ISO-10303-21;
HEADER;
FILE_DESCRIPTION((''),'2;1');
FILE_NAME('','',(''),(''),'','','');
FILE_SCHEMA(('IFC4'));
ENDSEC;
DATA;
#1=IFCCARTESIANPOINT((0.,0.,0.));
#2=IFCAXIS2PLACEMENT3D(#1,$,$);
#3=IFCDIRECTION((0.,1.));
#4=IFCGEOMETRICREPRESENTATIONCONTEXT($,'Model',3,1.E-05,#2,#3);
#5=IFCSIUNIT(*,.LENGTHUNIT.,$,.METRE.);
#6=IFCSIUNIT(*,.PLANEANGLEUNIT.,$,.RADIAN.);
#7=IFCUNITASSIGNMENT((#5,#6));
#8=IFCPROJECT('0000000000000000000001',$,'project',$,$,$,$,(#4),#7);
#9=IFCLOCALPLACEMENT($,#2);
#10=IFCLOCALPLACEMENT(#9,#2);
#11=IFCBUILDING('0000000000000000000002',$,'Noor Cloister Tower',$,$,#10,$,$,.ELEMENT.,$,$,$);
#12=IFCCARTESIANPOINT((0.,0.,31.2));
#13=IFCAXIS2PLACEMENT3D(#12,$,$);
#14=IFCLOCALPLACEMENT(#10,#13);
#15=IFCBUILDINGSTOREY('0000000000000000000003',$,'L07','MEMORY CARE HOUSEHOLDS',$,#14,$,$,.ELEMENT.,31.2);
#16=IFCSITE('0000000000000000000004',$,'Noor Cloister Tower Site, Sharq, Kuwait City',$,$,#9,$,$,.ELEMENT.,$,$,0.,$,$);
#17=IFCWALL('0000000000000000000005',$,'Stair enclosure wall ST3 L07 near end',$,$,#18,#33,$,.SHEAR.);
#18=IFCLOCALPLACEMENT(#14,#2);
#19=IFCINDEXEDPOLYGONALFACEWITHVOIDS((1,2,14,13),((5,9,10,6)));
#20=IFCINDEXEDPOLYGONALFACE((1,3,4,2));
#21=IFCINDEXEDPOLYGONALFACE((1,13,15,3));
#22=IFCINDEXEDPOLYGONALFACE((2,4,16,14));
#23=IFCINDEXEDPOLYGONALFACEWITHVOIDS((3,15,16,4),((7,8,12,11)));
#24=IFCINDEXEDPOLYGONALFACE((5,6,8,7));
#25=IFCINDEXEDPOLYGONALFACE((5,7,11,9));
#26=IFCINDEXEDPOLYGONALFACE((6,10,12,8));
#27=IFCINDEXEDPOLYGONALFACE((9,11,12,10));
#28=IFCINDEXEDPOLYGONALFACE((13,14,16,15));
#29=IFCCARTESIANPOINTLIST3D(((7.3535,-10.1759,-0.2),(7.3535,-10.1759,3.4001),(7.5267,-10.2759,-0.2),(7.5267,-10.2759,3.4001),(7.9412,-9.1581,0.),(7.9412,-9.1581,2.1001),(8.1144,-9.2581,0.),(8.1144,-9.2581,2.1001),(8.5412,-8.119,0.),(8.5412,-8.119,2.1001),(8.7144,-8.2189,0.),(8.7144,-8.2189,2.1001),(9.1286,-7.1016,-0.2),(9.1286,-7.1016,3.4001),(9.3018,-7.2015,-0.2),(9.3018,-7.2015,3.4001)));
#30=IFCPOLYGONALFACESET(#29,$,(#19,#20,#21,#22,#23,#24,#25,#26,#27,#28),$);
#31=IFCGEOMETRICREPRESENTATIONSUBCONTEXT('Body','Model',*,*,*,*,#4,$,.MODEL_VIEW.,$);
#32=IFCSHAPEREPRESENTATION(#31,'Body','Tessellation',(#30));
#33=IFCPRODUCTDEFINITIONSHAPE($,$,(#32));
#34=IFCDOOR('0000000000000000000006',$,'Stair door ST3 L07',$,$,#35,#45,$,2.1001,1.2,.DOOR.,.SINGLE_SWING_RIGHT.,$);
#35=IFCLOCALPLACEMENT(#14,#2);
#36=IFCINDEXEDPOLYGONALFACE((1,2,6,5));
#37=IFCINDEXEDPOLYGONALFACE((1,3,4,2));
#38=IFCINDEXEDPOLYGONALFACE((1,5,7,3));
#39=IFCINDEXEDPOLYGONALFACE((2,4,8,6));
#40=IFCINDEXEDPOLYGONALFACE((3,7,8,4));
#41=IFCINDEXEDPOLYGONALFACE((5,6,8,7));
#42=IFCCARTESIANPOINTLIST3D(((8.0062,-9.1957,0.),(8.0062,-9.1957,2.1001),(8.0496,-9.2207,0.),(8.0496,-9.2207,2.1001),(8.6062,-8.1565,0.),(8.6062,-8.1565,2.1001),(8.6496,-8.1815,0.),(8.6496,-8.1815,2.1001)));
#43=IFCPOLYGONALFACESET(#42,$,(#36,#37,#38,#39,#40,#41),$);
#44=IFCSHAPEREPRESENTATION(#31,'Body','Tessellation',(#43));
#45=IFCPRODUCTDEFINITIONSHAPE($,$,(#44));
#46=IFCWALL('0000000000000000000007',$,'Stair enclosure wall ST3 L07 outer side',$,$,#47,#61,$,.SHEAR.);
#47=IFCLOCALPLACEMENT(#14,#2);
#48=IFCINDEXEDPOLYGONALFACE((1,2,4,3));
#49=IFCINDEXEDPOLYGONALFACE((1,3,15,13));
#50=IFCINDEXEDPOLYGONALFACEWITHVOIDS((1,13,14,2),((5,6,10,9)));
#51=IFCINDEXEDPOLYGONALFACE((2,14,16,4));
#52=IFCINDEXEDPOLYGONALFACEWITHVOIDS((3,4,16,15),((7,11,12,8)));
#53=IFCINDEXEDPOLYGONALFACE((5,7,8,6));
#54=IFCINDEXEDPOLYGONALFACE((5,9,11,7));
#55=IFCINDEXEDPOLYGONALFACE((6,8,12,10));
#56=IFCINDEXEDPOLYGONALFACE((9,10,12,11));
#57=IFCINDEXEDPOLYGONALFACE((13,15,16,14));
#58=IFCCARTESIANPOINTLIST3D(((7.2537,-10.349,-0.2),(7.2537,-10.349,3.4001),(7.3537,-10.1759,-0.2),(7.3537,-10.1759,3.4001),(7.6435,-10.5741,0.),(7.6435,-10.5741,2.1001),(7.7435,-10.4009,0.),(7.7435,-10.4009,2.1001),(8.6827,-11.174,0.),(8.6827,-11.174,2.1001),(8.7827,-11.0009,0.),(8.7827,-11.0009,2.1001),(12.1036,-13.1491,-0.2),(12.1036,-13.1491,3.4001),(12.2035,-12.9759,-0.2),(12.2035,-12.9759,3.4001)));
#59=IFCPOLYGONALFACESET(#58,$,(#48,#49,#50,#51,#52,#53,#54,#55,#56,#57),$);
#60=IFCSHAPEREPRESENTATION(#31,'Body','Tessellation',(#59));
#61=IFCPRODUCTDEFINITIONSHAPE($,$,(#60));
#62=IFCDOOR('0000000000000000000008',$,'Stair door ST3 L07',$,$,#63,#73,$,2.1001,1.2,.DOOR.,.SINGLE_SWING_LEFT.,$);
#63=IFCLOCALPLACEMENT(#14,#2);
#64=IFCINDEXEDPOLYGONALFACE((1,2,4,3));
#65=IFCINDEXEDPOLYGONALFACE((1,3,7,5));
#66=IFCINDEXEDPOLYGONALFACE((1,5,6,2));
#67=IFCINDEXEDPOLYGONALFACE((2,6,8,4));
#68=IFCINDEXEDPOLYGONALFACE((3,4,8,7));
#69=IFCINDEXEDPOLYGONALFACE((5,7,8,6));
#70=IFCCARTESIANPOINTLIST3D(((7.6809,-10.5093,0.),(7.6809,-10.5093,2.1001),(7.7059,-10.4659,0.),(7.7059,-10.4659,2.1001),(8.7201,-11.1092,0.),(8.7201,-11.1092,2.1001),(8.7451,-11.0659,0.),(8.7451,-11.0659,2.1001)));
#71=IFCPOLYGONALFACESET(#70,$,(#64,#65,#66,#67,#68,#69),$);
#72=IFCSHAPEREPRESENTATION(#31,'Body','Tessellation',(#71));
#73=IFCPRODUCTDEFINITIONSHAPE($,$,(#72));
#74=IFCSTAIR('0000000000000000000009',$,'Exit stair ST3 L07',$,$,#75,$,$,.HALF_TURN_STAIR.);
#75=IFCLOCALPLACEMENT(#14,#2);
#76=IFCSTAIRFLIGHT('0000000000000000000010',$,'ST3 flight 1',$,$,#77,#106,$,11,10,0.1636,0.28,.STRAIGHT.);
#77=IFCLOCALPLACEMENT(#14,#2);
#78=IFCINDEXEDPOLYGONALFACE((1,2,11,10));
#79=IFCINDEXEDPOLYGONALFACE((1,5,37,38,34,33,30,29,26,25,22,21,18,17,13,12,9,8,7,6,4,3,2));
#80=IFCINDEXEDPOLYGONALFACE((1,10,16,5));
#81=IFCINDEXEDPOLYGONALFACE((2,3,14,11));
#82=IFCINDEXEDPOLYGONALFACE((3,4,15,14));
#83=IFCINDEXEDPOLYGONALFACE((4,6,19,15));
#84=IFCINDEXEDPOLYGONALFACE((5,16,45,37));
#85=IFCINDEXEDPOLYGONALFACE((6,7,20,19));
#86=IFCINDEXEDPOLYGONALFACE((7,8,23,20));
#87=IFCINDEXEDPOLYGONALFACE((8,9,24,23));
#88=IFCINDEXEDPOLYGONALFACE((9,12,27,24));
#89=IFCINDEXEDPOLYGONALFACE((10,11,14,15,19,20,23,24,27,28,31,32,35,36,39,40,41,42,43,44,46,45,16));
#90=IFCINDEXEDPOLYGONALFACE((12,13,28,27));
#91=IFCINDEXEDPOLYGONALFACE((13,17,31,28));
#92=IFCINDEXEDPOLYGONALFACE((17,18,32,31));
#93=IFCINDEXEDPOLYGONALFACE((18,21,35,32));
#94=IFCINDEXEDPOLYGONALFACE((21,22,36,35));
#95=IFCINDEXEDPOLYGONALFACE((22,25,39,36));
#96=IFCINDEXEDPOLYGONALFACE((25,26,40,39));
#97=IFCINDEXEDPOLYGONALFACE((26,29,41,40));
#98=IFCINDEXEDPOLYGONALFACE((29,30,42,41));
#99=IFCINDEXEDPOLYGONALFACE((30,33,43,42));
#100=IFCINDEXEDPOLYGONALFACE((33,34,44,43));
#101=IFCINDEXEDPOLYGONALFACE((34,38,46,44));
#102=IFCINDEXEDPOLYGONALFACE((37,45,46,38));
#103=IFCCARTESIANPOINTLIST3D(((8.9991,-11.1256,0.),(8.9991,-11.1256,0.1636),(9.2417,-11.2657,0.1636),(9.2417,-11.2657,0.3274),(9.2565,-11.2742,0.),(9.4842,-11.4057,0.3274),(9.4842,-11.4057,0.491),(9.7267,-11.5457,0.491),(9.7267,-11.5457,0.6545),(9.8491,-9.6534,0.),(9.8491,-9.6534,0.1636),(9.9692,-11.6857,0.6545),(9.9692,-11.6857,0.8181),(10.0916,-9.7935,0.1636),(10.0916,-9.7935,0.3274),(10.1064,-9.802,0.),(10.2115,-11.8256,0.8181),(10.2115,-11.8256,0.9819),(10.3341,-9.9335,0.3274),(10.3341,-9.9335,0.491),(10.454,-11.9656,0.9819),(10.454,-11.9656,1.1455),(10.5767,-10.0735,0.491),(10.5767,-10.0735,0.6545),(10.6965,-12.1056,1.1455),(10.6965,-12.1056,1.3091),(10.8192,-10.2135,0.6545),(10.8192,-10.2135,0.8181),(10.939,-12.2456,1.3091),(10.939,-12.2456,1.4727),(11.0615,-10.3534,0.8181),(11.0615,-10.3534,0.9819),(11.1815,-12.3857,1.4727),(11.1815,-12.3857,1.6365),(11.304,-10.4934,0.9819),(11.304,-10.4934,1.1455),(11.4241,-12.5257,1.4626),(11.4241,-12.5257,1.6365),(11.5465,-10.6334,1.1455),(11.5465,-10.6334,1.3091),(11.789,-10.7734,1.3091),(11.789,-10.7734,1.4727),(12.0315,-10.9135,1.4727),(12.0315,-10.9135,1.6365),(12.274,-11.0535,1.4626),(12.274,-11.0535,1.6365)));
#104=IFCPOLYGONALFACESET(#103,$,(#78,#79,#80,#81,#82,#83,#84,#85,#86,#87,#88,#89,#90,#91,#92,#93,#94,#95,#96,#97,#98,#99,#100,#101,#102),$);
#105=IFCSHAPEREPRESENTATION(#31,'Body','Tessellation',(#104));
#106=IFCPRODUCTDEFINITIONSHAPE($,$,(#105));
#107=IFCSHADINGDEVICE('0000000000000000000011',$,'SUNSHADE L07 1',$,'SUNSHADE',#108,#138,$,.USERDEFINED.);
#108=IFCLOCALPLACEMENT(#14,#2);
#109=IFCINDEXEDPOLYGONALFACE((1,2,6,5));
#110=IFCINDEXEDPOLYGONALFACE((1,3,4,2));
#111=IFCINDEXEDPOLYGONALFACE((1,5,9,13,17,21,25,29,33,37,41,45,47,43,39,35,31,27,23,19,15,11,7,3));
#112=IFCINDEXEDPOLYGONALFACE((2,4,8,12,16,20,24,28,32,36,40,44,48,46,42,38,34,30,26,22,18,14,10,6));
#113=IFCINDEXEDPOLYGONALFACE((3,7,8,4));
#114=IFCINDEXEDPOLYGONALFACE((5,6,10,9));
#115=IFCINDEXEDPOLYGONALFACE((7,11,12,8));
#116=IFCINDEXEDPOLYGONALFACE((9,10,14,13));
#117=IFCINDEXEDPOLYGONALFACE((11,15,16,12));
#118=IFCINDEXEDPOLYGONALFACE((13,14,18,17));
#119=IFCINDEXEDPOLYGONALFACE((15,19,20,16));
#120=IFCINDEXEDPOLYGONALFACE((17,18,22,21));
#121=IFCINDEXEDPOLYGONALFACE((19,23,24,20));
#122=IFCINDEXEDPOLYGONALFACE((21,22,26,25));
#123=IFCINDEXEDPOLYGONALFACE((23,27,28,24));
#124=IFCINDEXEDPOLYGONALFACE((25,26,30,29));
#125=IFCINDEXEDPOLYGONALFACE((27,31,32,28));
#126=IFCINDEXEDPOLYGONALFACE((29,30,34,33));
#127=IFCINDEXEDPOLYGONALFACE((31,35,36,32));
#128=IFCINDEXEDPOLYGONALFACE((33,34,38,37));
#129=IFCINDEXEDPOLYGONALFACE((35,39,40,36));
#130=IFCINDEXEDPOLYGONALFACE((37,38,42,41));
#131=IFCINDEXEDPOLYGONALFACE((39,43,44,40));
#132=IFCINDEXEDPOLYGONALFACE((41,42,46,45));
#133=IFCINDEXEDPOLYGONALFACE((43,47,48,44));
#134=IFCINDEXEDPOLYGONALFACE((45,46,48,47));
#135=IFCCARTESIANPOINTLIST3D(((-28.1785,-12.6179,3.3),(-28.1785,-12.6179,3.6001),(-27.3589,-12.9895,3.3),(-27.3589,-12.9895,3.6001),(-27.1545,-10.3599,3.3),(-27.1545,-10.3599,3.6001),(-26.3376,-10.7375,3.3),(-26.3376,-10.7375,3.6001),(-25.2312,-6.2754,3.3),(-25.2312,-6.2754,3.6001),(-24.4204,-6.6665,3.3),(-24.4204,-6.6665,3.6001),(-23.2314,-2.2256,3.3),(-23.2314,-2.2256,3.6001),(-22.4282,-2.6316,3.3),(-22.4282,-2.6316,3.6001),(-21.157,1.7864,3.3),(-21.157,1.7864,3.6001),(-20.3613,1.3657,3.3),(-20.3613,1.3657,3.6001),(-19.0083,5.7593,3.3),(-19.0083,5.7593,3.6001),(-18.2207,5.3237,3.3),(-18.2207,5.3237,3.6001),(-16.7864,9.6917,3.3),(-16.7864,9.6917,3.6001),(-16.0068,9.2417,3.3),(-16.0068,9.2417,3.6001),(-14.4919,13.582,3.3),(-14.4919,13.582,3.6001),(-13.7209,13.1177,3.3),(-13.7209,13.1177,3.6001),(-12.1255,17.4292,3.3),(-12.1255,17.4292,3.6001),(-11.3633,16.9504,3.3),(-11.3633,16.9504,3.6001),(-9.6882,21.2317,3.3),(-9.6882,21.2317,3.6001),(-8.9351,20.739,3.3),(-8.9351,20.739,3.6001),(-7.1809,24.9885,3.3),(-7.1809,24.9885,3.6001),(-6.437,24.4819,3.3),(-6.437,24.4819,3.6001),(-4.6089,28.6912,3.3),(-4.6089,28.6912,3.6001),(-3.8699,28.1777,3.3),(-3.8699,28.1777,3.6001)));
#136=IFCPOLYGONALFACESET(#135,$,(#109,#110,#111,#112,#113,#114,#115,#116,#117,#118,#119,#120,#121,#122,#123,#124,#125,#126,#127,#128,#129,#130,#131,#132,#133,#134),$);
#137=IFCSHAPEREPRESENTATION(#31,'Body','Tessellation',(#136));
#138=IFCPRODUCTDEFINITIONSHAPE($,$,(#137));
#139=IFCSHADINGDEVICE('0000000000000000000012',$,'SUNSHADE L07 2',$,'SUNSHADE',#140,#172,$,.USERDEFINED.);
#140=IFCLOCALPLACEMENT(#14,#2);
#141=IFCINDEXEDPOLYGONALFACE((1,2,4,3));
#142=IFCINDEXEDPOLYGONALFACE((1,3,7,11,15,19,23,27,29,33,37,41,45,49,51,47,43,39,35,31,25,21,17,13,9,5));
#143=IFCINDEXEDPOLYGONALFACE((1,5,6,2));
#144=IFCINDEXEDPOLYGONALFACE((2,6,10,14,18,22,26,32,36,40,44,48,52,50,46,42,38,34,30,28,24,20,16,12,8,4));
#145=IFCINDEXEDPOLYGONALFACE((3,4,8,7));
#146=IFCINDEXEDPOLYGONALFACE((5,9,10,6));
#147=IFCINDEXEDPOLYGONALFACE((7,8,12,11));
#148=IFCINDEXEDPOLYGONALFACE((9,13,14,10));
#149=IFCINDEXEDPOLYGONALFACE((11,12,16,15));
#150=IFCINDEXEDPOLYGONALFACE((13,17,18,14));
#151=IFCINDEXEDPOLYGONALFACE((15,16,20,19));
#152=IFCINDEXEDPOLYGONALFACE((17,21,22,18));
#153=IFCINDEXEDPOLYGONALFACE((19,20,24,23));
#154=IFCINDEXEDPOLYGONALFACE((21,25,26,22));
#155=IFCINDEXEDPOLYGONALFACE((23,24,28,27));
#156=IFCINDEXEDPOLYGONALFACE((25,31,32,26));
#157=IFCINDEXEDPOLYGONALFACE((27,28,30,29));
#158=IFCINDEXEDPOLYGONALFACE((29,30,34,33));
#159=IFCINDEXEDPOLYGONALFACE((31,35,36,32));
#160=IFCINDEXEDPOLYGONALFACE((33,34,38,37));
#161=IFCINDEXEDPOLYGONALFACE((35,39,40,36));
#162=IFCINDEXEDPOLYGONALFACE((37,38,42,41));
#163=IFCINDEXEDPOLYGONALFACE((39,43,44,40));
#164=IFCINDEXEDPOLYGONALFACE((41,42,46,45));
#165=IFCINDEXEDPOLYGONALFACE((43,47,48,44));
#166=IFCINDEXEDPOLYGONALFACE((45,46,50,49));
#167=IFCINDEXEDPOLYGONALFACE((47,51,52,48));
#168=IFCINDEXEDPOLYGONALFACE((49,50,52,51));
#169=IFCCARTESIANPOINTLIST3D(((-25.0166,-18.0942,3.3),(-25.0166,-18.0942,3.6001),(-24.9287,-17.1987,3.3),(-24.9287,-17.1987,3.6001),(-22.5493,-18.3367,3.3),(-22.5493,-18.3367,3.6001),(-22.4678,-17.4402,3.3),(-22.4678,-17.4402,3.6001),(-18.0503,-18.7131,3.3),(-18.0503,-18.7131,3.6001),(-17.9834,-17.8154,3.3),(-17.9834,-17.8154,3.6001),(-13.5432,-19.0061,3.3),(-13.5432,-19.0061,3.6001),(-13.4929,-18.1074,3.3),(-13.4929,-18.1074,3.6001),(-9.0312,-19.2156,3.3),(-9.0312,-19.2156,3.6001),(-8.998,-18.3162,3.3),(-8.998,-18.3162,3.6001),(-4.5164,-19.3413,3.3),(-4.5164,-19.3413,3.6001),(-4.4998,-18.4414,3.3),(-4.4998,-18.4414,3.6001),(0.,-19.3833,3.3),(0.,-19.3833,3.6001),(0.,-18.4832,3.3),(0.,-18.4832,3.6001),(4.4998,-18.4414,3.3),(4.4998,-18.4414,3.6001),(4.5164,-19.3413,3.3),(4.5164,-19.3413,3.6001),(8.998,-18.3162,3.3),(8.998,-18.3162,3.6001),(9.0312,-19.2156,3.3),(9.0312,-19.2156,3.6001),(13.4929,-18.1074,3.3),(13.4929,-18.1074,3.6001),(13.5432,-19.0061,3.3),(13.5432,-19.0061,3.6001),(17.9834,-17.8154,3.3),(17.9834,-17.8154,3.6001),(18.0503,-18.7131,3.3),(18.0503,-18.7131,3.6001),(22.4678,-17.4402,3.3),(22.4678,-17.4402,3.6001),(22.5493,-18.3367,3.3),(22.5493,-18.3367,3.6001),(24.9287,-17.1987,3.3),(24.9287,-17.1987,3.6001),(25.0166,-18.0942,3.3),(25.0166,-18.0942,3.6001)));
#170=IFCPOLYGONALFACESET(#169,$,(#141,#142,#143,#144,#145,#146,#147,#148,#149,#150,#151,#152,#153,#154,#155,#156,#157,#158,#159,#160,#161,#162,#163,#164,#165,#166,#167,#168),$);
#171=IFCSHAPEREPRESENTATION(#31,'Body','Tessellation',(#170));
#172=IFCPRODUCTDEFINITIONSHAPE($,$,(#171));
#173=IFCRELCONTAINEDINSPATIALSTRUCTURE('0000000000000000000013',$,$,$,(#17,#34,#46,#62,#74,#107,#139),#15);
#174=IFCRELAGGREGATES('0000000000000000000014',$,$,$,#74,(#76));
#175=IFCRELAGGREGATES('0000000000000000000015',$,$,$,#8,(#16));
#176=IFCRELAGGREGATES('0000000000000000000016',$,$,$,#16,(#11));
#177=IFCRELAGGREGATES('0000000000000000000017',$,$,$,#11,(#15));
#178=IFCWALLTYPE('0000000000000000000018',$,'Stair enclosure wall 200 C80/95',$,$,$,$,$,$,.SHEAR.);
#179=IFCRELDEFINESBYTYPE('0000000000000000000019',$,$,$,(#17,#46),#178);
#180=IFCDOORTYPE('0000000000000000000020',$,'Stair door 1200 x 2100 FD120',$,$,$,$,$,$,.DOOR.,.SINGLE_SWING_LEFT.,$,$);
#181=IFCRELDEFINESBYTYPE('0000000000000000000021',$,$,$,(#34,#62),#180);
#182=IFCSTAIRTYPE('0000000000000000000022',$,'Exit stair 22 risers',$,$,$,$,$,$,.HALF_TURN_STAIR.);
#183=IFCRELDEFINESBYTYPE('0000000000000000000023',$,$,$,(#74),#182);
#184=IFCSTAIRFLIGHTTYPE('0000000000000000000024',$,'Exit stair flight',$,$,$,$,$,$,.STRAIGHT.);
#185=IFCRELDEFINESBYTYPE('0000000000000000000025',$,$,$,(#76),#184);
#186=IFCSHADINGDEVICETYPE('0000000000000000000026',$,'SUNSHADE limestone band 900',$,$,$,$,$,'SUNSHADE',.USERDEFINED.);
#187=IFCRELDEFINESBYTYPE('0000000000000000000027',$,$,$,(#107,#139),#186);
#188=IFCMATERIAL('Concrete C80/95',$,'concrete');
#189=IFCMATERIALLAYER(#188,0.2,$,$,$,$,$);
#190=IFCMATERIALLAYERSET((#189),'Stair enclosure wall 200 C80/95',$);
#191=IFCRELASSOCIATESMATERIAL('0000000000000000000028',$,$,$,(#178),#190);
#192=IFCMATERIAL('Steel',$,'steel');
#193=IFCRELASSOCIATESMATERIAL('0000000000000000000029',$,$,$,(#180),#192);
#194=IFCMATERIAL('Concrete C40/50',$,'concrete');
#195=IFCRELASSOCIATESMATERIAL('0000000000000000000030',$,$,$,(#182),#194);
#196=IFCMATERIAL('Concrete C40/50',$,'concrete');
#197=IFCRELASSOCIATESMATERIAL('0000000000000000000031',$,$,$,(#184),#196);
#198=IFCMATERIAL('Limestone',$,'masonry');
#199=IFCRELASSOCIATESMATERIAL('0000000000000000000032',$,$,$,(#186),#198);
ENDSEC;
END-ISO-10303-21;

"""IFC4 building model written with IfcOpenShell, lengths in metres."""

from ifc_helpers import new_model, si_unit, direction, frame, frame_2d, origin, place, context, subcontext, project, spatial, polyline, rectangle, outline, extrude, material, layer, layer_set, type_object, element, fill, aggregate, save


model = new_model("IFC4")

# Units and contexts
model_context = context("Model", 3, precision=1e-05, world=origin(), true_north=direction((0.0, 1.0)))
body_context = subcontext(model_context, "Body", "Model", "MODEL_VIEW")
ifc_project = project(units=[si_unit("LENGTHUNIT", "METRE"), si_unit("PLANEANGLEUNIT", "RADIAN")], contexts=[model_context])

# Site, building, storey
site_placement = place(None, origin())
site = spatial("IfcSite", under=ifc_project, at=site_placement, Name="Noor Cloister Tower Site, Sharq, Kuwait City", CompositionType="ELEMENT", RefElevation=0.0)
building_placement = place(site_placement, origin())
building = spatial("IfcBuilding", under=site, at=building_placement, Name="Noor Cloister Tower", CompositionType="ELEMENT")
storey_placement = place(building_placement, frame((0.0, 0.0, 31.2)))
storey = spatial("IfcBuildingStorey", under=building, at=storey_placement, Name="L07", Description="MEMORY CARE HOUSEHOLDS", CompositionType="ELEMENT", Elevation=31.2)

# Walls, openings, doors
ifc_material_1 = material(Name="Concrete C80/95", Category="concrete")
ifc_layer_1 = layer(ifc_material_1, 0.2)
ifc_layer_set_1 = layer_set([ifc_layer_1], Name="Stair enclosure wall 200 C80/95")
wall_type_1 = type_object("IfcWallType", Name="Stair enclosure wall 200 C80/95", PredefinedType="SHEAR", material=ifc_layer_set_1)
wall_1_placement = place(storey_placement, frame((7.4402, -10.2258, -0.2), z_axis=(0.0, 0.0, 1.0), x_axis=(0.500022, 0.866013, 0.0)))
wall_1 = element("IfcWall", 1, at=wall_1_placement, inside=storey, type_object=wall_type_1, Name="Stair enclosure wall ST3 L07 near end", PredefinedType="SHEAR", context=body_context, shape_type="SweptSolid", body=[
    extrude(rectangle(XDim=3.55, YDim=0.2, at=frame_2d((1.7749, 0.0))), origin(), (0.0, 0.0, 1.0), 3.6001),
])
opening_1_placement = place(wall_1_placement, frame((1.175, 0.0, 0.2)))
opening_1 = element("IfcOpeningElement", 2, at=opening_1_placement, cuts=wall_1, PredefinedType="OPENING", context=body_context, shape_type="SweptSolid", body=[
    extrude(rectangle(XDim=1.2, YDim=2.1001, at=frame_2d((0.6001, 1.05))), frame((0.0, 0.1099, 0.0), z_axis=(0.0, -1.0, 0.0), x_axis=(1.0, 0.0, 0.0)), (0.0, 0.0, 1.0), 0.22),
])
ifc_material_2 = material(Name="Steel", Category="steel")
door_type_1 = type_object("IfcDoorType", Name="Stair door 1200 x 2100 FD120", OperationType="SINGLE_SWING_LEFT", PredefinedType="DOOR", material=ifc_material_2)
door_1_placement = place(opening_1_placement, origin())
door_1 = element("IfcDoor", 3, at=door_1_placement, inside=storey, type_object=door_type_1, Name="Stair door ST3 L07", OperationType="SINGLE_SWING_RIGHT", OverallHeight=2.1001, OverallWidth=1.2, PredefinedType="DOOR", context=body_context, shape_type="SweptSolid", body=[
    extrude(rectangle(XDim=1.2, YDim=2.1001, at=frame_2d((0.6001, 1.05))), frame((0.0, 0.0249, 0.0), z_axis=(0.0, -1.0, 0.0), x_axis=(1.0, 0.0, 0.0)), (0.0, 0.0, 1.0), 0.05),
])
fill(opening_1, door_1)
wall_2_placement = place(storey_placement, frame((7.3037, -10.2625, -0.2), z_axis=(0.0, 0.0, 1.0), x_axis=(0.866027, -0.499998, 0.0)))
wall_2 = element("IfcWall", 4, at=wall_2_placement, inside=storey, type_object=wall_type_1, Name="Stair enclosure wall ST3 L07 outer side", PredefinedType="SHEAR", context=body_context, shape_type="SweptSolid", body=[
    extrude(rectangle(XDim=5.6001, YDim=0.2, at=frame_2d((2.8, 0.0))), origin(), (0.0, 0.0, 1.0), 3.6001),
])
opening_2_placement = place(wall_2_placement, frame((0.45, 0.0, 0.2)))
opening_2 = element("IfcOpeningElement", 5, at=opening_2_placement, cuts=wall_2, PredefinedType="OPENING", context=body_context, shape_type="SweptSolid", body=[
    extrude(rectangle(XDim=1.2, YDim=2.1001, at=frame_2d((0.6001, 1.05))), frame((0.0, 0.1099, 0.0), z_axis=(0.0, -1.0, 0.0), x_axis=(1.0, 0.0, 0.0)), (0.0, 0.0, 1.0), 0.22),
])
door_2_placement = place(opening_2_placement, origin())
door_2 = element("IfcDoor", 6, at=door_2_placement, inside=storey, type_object=door_type_1, Name="Stair door ST3 L07", OperationType="SINGLE_SWING_LEFT", OverallHeight=2.1001, OverallWidth=1.2, PredefinedType="DOOR", context=body_context, shape_type="SweptSolid", body=[
    extrude(rectangle(XDim=1.2, YDim=2.1001, at=frame_2d((0.6001, 1.05))), frame((0.0, 0.0249, 0.0), z_axis=(0.0, -1.0, 0.0), x_axis=(1.0, 0.0, 0.0)), (0.0, 0.0, 1.0), 0.05),
])
fill(opening_2, door_2)

# Stair, stair flight
ifc_material_3 = material(Name="Concrete C40/50", Category="concrete")
stair_type = type_object("IfcStairType", Name="Exit stair 22 risers", PredefinedType="HALF_TURN_STAIR", material=ifc_material_3)
stair_placement = place(storey_placement, origin())
stair = element("IfcStair", 7, at=stair_placement, inside=storey, type_object=stair_type, Name="Exit stair ST3 L07", PredefinedType="HALF_TURN_STAIR")
ifc_material_4 = material(Name="Concrete C40/50", Category="concrete")
stair_flight_type = type_object("IfcStairFlightType", Name="Exit stair flight", PredefinedType="STRAIGHT", material=ifc_material_4)
stair_flight_placement = place(storey_placement, frame((9.4241, -10.3896, 0.0), z_axis=(0.0, 0.0, 1.0), x_axis=(0.866025, -0.5, 0.0)))
stair_flight = element("IfcStairFlight", 8, at=stair_flight_placement, type_object=stair_flight_type, Name="ST3 flight 1", NumberOfRisers=11, NumberOfTreads=10, PredefinedType="STRAIGHT", RiserHeight=0.1636, TreadLength=0.28, context=body_context, shape_type="SweptSolid", body=[
    extrude(outline(polyline([(0.0, 0.0), (0.0, 0.1636), (0.28, 0.1636), (0.28, 0.3274), (0.5601, 0.3274), (0.5601, 0.491), (0.8401, 0.491), (0.8401, 0.6545), (1.1201, 0.6545), (1.1201, 0.8181), (1.3999, 0.8181), (1.3999, 0.9819), (1.6799, 0.9819), (1.6799, 1.1455), (1.96, 1.1455), (1.96, 1.3091), (2.24, 1.3091), (2.24, 1.4727), (2.52, 1.4727), (2.52, 1.6365), (2.8, 1.6365), (2.8, 1.8), (2.8, 1.4626), (0.2971, 0.0), (0.0, 0.0)])), frame((0.0, 0.8501, 0.0), z_axis=(0.0, -1.0, 0.0), x_axis=(1.0, 0.0, 0.0)), (0.0, 0.0, 1.0), 1.7),
])
aggregate(stair, [stair_flight])

# Shading devices
ifc_material_5 = material(Name="Limestone", Category="masonry")
shading_device_type = type_object("IfcShadingDeviceType", Name="SUNSHADE limestone band 900", ElementType="SUNSHADE", PredefinedType="USERDEFINED", material=ifc_material_5)
shading_device_1_placement = place(storey_placement, frame((0.0, 0.0, 3.3)))
element("IfcShadingDevice", 9, at=shading_device_1_placement, inside=storey, type_object=shading_device_type, Name="SUNSHADE L07 1", ObjectType="SUNSHADE", PredefinedType="USERDEFINED", context=body_context, shape_type="SweptSolid", body=[
    extrude(outline(polyline([(-4.6089, 28.6912), (-7.1809, 24.9885), (-9.6882, 21.2317), (-12.1255, 17.4292), (-14.4919, 13.582), (-16.7864, 9.6917), (-19.0083, 5.7593), (-21.157, 1.7864), (-23.2314, -2.2256), (-25.2312, -6.2754), (-27.1545, -10.3599), (-28.1785, -12.6179), (-27.3589, -12.9895), (-26.3376, -10.7375), (-24.4204, -6.6665), (-22.4282, -2.6316), (-20.3613, 1.3657), (-18.2207, 5.3237), (-16.0068, 9.2417), (-13.7209, 13.1177), (-11.3633, 16.9504), (-8.9351, 20.739), (-6.437, 24.4819), (-3.8699, 28.1777), (-4.6089, 28.6912)])), origin(), (0.0, 0.0, 1.0), 0.3),
])
shading_device_2_placement = place(storey_placement, frame((0.0, 0.0, 3.3)))
element("IfcShadingDevice", 10, at=shading_device_2_placement, inside=storey, type_object=shading_device_type, Name="SUNSHADE L07 2", ObjectType="SUNSHADE", PredefinedType="USERDEFINED", context=body_context, shape_type="SweptSolid", body=[
    extrude(outline(polyline([(-25.0166, -18.0942), (-22.5493, -18.3367), (-18.0503, -18.7131), (-13.5432, -19.0061), (-9.0312, -19.2156), (-4.5164, -19.3413), (0.0, -19.3833), (4.5164, -19.3413), (9.0312, -19.2156), (13.5432, -19.0061), (18.0503, -18.7131), (22.5493, -18.3367), (25.0166, -18.0942), (24.9287, -17.1987), (22.4678, -17.4402), (17.9834, -17.8154), (13.4929, -18.1074), (8.998, -18.3162), (4.4998, -18.4414), (0.0, -18.4832), (-4.4998, -18.4414), (-8.998, -18.3162), (-13.4929, -18.1074), (-17.9834, -17.8154), (-22.4678, -17.4402), (-24.9287, -17.1987), (-25.0166, -18.0942)])), origin(), (0.0, 0.0, 1.0), 0.3),
])

save(model, "model.ifc")
